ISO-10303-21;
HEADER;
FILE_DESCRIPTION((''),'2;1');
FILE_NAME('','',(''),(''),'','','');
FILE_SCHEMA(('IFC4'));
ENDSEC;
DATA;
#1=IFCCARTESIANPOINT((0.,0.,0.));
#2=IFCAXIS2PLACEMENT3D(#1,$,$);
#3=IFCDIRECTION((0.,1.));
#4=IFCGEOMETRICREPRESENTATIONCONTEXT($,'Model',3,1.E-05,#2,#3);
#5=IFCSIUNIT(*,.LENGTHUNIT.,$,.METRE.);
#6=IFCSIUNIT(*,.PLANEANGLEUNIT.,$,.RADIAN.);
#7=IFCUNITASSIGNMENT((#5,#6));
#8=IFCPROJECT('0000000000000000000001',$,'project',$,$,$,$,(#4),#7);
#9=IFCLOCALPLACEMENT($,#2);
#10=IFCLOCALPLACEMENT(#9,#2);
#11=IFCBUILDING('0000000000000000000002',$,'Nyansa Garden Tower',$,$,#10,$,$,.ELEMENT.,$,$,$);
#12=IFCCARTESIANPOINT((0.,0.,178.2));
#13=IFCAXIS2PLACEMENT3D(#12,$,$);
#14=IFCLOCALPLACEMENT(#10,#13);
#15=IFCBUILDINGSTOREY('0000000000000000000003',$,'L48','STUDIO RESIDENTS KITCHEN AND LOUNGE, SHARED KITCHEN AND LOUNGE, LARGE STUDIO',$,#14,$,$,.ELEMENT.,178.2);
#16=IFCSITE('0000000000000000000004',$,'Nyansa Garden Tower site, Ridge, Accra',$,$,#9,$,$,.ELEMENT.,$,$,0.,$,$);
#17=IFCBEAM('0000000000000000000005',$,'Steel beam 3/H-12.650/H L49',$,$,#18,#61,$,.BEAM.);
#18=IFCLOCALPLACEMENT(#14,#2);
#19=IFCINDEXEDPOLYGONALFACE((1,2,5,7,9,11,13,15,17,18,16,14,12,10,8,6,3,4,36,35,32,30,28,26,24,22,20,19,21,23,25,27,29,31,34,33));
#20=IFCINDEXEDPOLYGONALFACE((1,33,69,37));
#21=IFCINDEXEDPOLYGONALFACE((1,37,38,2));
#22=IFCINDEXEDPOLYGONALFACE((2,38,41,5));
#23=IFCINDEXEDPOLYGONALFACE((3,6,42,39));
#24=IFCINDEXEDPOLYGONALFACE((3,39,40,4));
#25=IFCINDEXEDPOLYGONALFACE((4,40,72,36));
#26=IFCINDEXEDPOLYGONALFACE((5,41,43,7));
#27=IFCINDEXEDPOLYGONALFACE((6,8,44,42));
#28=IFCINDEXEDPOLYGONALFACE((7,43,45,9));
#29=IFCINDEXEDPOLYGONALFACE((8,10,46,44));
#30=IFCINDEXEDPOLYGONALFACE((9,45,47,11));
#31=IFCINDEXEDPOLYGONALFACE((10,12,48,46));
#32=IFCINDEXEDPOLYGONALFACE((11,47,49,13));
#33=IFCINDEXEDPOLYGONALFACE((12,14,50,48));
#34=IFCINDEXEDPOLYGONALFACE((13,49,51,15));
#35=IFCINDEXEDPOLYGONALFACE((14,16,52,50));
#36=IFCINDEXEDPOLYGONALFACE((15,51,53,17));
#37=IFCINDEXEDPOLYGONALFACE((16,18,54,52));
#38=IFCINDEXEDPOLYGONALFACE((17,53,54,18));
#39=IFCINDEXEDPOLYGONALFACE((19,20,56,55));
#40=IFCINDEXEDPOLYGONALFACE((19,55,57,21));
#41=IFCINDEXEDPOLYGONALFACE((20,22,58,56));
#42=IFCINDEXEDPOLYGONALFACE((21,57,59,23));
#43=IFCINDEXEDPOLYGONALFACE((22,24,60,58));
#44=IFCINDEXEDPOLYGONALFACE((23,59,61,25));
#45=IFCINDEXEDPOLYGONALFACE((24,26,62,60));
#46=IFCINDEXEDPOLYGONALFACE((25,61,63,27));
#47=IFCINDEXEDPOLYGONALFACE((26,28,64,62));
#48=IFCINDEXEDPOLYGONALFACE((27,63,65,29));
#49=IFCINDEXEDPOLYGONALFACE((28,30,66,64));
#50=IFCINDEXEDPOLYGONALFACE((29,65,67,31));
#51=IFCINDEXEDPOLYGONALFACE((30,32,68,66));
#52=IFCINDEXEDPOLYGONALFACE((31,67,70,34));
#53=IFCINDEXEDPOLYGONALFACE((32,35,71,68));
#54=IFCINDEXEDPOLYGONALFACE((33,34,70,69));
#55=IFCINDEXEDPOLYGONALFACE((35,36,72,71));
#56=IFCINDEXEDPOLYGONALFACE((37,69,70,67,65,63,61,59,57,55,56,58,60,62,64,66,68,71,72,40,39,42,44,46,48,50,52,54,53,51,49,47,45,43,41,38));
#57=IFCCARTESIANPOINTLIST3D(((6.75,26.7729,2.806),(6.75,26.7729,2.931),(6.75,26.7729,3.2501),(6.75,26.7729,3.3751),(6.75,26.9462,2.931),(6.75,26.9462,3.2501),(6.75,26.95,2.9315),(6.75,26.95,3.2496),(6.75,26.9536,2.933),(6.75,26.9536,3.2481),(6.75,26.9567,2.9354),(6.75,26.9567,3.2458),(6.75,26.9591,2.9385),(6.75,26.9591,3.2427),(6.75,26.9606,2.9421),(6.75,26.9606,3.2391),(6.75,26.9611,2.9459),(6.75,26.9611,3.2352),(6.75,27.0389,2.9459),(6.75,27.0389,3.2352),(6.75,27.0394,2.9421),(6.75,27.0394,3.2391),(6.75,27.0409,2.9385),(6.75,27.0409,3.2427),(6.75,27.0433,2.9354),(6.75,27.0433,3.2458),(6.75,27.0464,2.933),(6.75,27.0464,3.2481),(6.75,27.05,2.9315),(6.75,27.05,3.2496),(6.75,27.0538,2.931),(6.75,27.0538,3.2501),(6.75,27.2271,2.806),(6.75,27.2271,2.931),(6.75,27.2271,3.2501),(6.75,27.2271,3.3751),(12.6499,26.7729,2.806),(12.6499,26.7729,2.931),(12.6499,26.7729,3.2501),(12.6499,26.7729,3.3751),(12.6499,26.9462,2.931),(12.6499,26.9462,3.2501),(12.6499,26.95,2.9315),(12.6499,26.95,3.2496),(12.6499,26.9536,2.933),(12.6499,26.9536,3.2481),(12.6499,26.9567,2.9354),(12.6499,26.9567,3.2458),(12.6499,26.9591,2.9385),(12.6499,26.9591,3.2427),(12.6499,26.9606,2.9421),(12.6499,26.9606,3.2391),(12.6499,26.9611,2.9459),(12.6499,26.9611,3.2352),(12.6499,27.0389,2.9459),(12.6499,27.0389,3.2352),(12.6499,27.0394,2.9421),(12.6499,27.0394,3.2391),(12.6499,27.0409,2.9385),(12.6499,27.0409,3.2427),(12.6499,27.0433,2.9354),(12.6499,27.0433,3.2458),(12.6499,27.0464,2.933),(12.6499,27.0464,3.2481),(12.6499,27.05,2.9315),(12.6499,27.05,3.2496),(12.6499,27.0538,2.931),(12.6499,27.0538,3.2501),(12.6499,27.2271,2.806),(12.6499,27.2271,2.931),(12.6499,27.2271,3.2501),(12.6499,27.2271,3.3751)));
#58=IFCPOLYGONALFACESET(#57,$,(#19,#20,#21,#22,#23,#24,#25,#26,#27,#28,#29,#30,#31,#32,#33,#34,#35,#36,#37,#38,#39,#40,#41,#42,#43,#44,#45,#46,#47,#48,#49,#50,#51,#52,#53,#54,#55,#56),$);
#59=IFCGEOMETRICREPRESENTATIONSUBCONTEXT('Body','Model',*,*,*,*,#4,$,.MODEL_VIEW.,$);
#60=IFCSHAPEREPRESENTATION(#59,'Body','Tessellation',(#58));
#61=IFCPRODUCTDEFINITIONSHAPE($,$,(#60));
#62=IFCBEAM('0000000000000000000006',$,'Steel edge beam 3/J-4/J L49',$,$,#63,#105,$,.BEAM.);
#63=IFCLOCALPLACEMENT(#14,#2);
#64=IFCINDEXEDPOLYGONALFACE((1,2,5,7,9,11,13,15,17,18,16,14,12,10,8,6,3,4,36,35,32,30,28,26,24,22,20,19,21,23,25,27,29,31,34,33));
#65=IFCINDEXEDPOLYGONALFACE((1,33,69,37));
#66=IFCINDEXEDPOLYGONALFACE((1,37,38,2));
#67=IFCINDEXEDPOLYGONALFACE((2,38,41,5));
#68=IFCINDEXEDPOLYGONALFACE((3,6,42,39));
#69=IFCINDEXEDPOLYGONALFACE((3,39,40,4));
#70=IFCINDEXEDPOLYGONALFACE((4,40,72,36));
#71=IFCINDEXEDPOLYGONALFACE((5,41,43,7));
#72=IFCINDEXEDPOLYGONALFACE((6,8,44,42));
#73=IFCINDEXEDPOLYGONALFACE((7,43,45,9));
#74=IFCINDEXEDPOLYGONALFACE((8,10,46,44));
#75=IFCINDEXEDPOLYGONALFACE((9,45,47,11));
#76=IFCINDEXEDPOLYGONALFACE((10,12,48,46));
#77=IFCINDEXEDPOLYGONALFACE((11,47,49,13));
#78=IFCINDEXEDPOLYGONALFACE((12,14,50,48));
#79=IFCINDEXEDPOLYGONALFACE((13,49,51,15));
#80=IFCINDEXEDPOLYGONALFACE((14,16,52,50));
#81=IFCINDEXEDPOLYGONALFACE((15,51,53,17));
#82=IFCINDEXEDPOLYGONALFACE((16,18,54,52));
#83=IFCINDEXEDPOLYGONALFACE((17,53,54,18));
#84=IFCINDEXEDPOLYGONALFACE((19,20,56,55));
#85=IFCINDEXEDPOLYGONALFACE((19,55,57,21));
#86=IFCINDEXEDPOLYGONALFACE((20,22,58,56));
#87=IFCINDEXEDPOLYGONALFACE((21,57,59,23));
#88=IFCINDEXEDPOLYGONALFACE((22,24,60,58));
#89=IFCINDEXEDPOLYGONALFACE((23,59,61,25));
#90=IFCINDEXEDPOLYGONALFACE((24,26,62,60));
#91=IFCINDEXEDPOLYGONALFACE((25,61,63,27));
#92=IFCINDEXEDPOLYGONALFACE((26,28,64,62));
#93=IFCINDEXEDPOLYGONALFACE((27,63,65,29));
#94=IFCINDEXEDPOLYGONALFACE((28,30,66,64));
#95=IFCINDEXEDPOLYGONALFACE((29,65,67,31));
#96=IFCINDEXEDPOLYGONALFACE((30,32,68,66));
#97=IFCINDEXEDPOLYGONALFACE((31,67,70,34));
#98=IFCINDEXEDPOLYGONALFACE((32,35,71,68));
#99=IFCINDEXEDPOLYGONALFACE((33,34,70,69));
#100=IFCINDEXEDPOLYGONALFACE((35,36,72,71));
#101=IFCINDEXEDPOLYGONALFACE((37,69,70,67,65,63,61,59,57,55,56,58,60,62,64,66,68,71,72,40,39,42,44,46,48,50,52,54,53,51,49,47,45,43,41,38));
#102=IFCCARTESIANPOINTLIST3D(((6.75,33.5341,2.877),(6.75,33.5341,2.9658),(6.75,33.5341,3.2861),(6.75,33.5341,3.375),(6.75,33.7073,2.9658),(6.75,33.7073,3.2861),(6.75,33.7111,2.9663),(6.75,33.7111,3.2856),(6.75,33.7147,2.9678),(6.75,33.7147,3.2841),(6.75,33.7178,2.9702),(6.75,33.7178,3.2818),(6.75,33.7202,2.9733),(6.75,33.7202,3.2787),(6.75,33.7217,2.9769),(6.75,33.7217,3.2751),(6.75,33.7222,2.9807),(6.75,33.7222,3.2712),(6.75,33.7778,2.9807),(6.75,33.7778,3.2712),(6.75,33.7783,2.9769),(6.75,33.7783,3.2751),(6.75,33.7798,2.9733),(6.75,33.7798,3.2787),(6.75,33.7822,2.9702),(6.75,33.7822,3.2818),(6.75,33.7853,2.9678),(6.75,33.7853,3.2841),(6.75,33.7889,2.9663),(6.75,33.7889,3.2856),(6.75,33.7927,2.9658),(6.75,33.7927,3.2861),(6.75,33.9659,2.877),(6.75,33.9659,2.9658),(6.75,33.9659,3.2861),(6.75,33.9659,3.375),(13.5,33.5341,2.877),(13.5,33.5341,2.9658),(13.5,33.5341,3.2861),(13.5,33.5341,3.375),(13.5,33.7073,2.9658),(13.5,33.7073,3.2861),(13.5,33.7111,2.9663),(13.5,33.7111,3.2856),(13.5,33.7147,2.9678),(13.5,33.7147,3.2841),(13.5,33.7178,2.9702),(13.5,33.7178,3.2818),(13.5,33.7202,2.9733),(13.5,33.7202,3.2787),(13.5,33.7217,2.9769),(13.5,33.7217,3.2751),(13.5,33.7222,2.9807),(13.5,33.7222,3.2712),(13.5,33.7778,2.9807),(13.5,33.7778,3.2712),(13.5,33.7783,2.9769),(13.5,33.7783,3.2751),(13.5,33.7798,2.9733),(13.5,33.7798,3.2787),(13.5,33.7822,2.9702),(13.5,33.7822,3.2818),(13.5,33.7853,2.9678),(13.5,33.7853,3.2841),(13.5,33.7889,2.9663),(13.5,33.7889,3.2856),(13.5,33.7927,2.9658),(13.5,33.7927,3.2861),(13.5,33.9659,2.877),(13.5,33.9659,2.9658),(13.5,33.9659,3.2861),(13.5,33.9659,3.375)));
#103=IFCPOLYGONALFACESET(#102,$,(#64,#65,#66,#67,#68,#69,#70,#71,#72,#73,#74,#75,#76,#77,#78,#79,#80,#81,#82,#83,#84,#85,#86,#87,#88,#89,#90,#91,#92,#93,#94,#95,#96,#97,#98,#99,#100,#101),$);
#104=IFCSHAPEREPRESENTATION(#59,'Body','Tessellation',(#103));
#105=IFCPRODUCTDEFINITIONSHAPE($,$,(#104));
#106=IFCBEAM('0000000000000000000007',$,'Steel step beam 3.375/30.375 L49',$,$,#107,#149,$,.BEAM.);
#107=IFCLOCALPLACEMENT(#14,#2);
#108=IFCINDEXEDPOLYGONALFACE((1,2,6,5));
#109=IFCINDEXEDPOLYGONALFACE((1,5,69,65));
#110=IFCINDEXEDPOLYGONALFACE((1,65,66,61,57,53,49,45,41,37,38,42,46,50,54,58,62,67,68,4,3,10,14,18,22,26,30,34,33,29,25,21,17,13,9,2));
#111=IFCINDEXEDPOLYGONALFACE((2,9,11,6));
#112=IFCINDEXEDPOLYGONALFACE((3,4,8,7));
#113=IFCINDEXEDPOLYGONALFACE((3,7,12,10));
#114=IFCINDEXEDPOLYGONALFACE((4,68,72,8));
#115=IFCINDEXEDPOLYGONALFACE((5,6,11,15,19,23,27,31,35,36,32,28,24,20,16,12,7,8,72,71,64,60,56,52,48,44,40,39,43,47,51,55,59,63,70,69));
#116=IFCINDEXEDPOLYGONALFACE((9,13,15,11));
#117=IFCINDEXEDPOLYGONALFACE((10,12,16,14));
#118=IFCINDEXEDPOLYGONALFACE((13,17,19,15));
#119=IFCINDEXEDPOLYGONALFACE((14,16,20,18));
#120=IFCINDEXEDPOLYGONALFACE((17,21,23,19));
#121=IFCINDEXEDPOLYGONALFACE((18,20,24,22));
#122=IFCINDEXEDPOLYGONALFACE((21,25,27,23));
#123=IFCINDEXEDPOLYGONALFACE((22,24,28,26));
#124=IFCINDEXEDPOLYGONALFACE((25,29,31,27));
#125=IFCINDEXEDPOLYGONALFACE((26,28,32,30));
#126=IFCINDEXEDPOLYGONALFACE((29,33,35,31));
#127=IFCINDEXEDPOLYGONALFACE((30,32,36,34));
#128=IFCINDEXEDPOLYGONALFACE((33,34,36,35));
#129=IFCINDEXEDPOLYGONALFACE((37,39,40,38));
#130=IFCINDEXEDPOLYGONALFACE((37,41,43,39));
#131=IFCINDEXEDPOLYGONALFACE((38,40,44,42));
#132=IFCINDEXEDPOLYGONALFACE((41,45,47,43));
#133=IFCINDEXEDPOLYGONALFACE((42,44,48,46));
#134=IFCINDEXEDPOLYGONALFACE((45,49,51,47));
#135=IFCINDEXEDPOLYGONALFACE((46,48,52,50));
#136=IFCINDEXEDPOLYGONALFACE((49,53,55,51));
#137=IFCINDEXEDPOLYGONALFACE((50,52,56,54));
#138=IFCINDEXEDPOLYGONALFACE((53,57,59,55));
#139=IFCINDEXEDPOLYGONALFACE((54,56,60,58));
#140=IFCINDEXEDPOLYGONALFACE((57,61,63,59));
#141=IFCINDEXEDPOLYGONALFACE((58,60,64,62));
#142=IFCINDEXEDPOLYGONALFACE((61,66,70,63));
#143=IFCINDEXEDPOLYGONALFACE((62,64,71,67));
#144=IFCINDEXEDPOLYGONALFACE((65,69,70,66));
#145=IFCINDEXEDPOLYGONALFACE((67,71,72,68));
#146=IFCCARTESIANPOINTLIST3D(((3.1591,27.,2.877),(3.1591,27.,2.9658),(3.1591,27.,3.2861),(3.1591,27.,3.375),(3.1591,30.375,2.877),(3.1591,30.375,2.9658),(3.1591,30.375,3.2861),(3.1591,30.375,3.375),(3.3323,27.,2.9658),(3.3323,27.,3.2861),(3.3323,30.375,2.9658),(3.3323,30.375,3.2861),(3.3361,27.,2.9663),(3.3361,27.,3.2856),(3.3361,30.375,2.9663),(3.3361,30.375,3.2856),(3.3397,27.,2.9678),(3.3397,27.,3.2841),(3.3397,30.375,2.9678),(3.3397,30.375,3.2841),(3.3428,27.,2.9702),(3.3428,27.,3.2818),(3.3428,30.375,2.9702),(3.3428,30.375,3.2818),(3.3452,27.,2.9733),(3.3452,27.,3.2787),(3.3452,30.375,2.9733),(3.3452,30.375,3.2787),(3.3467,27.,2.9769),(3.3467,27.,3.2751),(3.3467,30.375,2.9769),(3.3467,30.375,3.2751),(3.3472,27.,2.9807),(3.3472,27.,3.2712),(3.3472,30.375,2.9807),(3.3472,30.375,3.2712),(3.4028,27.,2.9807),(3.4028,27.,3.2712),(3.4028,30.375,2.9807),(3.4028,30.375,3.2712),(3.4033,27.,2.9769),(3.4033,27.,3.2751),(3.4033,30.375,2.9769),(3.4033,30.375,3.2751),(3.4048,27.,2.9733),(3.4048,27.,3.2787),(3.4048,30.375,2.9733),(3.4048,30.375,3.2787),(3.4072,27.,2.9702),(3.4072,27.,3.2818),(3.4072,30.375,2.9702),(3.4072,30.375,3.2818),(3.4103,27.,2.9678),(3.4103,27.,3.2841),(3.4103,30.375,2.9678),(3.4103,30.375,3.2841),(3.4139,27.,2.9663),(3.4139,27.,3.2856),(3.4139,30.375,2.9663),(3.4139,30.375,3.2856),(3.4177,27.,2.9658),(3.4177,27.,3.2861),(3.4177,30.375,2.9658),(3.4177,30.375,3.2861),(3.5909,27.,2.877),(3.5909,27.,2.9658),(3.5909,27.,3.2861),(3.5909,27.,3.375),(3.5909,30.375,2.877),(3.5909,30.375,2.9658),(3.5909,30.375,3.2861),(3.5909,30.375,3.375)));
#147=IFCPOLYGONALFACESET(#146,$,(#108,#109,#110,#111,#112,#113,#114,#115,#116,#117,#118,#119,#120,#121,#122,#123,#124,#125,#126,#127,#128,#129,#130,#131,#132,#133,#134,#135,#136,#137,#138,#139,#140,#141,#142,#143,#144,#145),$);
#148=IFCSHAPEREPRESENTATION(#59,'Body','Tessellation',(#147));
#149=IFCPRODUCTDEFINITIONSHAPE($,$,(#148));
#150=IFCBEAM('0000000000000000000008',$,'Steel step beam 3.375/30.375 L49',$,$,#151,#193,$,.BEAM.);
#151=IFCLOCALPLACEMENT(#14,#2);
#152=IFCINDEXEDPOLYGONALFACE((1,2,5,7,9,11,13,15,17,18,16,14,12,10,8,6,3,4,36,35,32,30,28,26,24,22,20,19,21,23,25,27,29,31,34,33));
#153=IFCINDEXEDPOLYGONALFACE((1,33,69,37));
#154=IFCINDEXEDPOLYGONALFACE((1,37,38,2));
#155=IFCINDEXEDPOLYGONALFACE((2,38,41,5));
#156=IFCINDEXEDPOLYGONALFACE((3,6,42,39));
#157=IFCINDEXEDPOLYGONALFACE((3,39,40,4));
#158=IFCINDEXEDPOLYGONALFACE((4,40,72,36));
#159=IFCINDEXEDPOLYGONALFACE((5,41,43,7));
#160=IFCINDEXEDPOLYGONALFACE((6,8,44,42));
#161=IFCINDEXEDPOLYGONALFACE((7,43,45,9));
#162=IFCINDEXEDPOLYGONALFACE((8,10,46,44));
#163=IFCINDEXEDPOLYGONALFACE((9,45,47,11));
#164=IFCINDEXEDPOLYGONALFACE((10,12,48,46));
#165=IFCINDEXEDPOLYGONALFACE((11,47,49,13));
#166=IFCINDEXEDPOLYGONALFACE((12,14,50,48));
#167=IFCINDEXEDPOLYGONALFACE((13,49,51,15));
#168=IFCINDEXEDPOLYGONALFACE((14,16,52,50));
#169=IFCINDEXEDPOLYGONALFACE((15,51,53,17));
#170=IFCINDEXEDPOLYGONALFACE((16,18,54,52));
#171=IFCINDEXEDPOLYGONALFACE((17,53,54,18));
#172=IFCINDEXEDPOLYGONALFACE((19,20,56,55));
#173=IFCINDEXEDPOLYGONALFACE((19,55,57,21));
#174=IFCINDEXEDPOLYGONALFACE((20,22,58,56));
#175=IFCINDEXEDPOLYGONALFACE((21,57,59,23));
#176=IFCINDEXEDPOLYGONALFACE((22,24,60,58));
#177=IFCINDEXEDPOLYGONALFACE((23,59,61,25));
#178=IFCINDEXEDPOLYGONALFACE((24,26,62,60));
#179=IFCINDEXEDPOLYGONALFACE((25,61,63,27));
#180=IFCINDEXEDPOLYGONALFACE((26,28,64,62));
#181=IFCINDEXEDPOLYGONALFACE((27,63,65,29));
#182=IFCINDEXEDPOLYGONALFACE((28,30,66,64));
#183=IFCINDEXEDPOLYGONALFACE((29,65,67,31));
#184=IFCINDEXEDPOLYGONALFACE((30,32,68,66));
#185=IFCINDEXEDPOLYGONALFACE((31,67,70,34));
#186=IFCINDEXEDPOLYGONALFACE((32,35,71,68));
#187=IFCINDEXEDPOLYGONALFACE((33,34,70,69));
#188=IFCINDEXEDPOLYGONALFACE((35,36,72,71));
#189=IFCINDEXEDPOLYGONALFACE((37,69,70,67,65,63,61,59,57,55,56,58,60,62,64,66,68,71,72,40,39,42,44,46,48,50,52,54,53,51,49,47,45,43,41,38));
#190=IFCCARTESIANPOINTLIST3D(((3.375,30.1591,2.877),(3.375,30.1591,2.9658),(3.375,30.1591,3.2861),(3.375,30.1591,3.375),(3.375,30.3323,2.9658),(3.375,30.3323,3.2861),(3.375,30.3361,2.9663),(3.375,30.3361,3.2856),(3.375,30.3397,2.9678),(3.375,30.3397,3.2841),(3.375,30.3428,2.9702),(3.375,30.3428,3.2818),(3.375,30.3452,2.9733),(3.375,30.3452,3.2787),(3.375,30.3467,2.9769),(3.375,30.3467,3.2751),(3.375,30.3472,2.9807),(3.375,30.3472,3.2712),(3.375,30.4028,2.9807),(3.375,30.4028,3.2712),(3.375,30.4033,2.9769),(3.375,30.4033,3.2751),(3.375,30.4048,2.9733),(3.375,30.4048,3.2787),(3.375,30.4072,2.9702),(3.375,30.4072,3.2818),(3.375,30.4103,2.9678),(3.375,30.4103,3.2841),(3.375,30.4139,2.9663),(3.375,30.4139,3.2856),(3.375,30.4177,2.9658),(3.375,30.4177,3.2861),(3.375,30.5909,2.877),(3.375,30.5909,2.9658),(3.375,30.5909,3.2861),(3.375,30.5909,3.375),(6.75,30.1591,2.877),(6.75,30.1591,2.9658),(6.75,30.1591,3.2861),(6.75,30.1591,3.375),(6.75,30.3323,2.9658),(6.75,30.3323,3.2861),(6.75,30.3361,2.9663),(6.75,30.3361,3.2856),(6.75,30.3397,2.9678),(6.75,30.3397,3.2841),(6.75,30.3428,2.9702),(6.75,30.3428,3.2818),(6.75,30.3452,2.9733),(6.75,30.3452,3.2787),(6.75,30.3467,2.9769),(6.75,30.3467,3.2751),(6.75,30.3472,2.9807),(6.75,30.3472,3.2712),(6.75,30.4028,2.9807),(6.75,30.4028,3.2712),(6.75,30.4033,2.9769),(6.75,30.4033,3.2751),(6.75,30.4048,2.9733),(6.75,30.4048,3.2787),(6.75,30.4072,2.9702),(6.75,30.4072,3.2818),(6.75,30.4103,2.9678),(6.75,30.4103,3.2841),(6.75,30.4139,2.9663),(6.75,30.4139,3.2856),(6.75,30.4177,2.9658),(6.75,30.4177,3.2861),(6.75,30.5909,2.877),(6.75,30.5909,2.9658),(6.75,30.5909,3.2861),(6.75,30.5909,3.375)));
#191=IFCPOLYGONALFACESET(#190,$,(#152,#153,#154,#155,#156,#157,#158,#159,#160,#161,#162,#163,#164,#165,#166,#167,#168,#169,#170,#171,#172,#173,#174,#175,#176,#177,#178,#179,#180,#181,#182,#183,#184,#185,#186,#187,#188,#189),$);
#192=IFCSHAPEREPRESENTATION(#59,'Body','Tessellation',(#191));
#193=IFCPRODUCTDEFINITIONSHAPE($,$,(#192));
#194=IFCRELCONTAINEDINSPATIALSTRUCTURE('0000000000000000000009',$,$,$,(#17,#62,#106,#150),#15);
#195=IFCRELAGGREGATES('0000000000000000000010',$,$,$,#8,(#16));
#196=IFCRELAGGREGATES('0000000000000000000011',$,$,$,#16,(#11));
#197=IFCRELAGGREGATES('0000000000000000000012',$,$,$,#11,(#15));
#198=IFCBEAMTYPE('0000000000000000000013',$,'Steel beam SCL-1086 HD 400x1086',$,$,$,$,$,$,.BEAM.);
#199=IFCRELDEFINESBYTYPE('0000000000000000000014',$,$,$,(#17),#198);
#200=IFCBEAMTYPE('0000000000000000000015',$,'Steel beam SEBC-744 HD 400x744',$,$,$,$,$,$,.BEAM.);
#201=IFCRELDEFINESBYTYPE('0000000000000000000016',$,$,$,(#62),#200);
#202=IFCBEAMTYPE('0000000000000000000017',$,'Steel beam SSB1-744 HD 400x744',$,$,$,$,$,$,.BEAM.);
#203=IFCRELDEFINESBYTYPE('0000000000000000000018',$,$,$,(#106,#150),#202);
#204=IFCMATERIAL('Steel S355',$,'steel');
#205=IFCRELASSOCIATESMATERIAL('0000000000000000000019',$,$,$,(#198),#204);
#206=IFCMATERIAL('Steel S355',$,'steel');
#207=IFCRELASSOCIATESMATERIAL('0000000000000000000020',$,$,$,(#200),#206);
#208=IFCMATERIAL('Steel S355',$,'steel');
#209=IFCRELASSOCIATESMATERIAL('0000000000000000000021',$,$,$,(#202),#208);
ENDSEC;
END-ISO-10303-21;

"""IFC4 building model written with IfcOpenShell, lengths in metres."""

from ifc_helpers import new_model, si_unit, direction, frame, origin, origin_2d, place, context, subcontext, project, spatial, i_section, extrude, material, material_profile, profile_set, type_object, element, save


model = new_model("IFC4")

# Units and contexts
model_context = context("Model", 3, precision=1e-05, world=origin(), true_north=direction((0.0, 1.0)))
body_context = subcontext(model_context, "Body", "Model", "MODEL_VIEW")
ifc_project = project(units=[si_unit("LENGTHUNIT", "METRE"), si_unit("PLANEANGLEUNIT", "RADIAN")], contexts=[model_context])

# Site, building, storey
site_placement = place(None, origin())
site = spatial("IfcSite", under=ifc_project, at=site_placement, Name="Nyansa Garden Tower site, Ridge, Accra", CompositionType="ELEMENT", RefElevation=0.0)
building_placement = place(site_placement, origin())
building = spatial("IfcBuilding", under=site, at=building_placement, Name="Nyansa Garden Tower", CompositionType="ELEMENT")
storey_placement = place(building_placement, frame((0.0, 0.0, 178.2)))
storey = spatial("IfcBuildingStorey", under=building, at=storey_placement, Name="L48", Description="STUDIO RESIDENTS KITCHEN AND LOUNGE, SHARED KITCHEN AND LOUNGE, LARGE STUDIO", CompositionType="ELEMENT", Elevation=178.2)

# Beams
ifc_material_1 = material(Name="Steel S355", Category="steel")
ifc_material_profile_1 = material_profile(ifc_material_1, i_section(OverallWidth=0.4541, OverallDepth=0.5691, WebThickness=0.0779, FlangeThickness=0.125, FilletRadius=0.0149, at=origin_2d()), Name="HD 400x1086")
ifc_profile_set_1 = profile_set([ifc_material_profile_1], Name="Steel S355")
beam_type_1 = type_object("IfcBeamType", Name="Steel beam SCL-1086 HD 400x1086", PredefinedType="BEAM", material=ifc_profile_set_1)
beam_1_placement = place(storey_placement, frame((6.75, 27.0, 3.0906), z_axis=(1.0, 0.0, 0.0), x_axis=(0.0, 1.0, 0.0)))
element("IfcBeam", 1, at=beam_1_placement, inside=storey, type_object=beam_type_1, Name="Steel beam 3/H-12.650/H L49", PredefinedType="BEAM", context=body_context, shape_type="SweptSolid", body=[
    extrude(i_section(OverallWidth=0.4541, OverallDepth=0.5691, WebThickness=0.0779, FlangeThickness=0.125, FilletRadius=0.0149, at=origin_2d()), origin(), (0.0, 0.0, 1.0), 5.8999),
])
ifc_material_2 = material(Name="Steel S355", Category="steel")
ifc_material_profile_2 = material_profile(ifc_material_2, i_section(OverallWidth=0.4319, OverallDepth=0.498, WebThickness=0.0557, FlangeThickness=0.0889, FilletRadius=0.0149, at=origin_2d()), Name="HD 400x744")
ifc_profile_set_2 = profile_set([ifc_material_profile_2], Name="Steel S355")
beam_type_2 = type_object("IfcBeamType", Name="Steel beam SEBC-744 HD 400x744", PredefinedType="BEAM", material=ifc_profile_set_2)
beam_2_placement = place(storey_placement, frame((6.75, 33.75, 3.126), z_axis=(1.0, 0.0, 0.0), x_axis=(0.0, 1.0, 0.0)))
element("IfcBeam", 2, at=beam_2_placement, inside=storey, type_object=beam_type_2, Name="Steel edge beam 3/J-4/J L49", PredefinedType="BEAM", context=body_context, shape_type="SweptSolid", body=[
    extrude(i_section(OverallWidth=0.4319, OverallDepth=0.498, WebThickness=0.0557, FlangeThickness=0.0889, FilletRadius=0.0149, at=origin_2d()), origin(), (0.0, 0.0, 1.0), 6.75),
])
ifc_material_3 = material(Name="Steel S355", Category="steel")
ifc_material_profile_3 = material_profile(ifc_material_3, i_section(OverallWidth=0.4319, OverallDepth=0.498, WebThickness=0.0557, FlangeThickness=0.0889, FilletRadius=0.0149, at=origin_2d()), Name="HD 400x744")
ifc_profile_set_3 = profile_set([ifc_material_profile_3], Name="Steel S355")
beam_type_3 = type_object("IfcBeamType", Name="Steel beam SSB1-744 HD 400x744", PredefinedType="BEAM", material=ifc_profile_set_3)
for number, where, z_axis, x_axis, name in (
    (3, (3.375, 30.375, 3.126), (0.0, -1.0, 0.0), (1.0, 0.0, 0.0), "Steel step beam 3.375/30.375 L49"),
    (4, (3.375, 30.375, 3.126), (1.0, 0.0, 0.0), (0.0, 1.0, 0.0), "Steel step beam 3.375/30.375 L49"),
):
    element("IfcBeam", number, at=place(storey_placement, frame(where, z_axis=z_axis, x_axis=x_axis)), inside=storey, type_object=beam_type_3, Name=name, PredefinedType="BEAM", context=body_context, shape_type="SweptSolid", body=[
        extrude(i_section(OverallWidth=0.4319, OverallDepth=0.498, WebThickness=0.0557, FlangeThickness=0.0889, FilletRadius=0.0149, at=origin_2d()), origin(), (0.0, 0.0, 1.0), 3.375),
    ])

save(model, "model.ifc")
